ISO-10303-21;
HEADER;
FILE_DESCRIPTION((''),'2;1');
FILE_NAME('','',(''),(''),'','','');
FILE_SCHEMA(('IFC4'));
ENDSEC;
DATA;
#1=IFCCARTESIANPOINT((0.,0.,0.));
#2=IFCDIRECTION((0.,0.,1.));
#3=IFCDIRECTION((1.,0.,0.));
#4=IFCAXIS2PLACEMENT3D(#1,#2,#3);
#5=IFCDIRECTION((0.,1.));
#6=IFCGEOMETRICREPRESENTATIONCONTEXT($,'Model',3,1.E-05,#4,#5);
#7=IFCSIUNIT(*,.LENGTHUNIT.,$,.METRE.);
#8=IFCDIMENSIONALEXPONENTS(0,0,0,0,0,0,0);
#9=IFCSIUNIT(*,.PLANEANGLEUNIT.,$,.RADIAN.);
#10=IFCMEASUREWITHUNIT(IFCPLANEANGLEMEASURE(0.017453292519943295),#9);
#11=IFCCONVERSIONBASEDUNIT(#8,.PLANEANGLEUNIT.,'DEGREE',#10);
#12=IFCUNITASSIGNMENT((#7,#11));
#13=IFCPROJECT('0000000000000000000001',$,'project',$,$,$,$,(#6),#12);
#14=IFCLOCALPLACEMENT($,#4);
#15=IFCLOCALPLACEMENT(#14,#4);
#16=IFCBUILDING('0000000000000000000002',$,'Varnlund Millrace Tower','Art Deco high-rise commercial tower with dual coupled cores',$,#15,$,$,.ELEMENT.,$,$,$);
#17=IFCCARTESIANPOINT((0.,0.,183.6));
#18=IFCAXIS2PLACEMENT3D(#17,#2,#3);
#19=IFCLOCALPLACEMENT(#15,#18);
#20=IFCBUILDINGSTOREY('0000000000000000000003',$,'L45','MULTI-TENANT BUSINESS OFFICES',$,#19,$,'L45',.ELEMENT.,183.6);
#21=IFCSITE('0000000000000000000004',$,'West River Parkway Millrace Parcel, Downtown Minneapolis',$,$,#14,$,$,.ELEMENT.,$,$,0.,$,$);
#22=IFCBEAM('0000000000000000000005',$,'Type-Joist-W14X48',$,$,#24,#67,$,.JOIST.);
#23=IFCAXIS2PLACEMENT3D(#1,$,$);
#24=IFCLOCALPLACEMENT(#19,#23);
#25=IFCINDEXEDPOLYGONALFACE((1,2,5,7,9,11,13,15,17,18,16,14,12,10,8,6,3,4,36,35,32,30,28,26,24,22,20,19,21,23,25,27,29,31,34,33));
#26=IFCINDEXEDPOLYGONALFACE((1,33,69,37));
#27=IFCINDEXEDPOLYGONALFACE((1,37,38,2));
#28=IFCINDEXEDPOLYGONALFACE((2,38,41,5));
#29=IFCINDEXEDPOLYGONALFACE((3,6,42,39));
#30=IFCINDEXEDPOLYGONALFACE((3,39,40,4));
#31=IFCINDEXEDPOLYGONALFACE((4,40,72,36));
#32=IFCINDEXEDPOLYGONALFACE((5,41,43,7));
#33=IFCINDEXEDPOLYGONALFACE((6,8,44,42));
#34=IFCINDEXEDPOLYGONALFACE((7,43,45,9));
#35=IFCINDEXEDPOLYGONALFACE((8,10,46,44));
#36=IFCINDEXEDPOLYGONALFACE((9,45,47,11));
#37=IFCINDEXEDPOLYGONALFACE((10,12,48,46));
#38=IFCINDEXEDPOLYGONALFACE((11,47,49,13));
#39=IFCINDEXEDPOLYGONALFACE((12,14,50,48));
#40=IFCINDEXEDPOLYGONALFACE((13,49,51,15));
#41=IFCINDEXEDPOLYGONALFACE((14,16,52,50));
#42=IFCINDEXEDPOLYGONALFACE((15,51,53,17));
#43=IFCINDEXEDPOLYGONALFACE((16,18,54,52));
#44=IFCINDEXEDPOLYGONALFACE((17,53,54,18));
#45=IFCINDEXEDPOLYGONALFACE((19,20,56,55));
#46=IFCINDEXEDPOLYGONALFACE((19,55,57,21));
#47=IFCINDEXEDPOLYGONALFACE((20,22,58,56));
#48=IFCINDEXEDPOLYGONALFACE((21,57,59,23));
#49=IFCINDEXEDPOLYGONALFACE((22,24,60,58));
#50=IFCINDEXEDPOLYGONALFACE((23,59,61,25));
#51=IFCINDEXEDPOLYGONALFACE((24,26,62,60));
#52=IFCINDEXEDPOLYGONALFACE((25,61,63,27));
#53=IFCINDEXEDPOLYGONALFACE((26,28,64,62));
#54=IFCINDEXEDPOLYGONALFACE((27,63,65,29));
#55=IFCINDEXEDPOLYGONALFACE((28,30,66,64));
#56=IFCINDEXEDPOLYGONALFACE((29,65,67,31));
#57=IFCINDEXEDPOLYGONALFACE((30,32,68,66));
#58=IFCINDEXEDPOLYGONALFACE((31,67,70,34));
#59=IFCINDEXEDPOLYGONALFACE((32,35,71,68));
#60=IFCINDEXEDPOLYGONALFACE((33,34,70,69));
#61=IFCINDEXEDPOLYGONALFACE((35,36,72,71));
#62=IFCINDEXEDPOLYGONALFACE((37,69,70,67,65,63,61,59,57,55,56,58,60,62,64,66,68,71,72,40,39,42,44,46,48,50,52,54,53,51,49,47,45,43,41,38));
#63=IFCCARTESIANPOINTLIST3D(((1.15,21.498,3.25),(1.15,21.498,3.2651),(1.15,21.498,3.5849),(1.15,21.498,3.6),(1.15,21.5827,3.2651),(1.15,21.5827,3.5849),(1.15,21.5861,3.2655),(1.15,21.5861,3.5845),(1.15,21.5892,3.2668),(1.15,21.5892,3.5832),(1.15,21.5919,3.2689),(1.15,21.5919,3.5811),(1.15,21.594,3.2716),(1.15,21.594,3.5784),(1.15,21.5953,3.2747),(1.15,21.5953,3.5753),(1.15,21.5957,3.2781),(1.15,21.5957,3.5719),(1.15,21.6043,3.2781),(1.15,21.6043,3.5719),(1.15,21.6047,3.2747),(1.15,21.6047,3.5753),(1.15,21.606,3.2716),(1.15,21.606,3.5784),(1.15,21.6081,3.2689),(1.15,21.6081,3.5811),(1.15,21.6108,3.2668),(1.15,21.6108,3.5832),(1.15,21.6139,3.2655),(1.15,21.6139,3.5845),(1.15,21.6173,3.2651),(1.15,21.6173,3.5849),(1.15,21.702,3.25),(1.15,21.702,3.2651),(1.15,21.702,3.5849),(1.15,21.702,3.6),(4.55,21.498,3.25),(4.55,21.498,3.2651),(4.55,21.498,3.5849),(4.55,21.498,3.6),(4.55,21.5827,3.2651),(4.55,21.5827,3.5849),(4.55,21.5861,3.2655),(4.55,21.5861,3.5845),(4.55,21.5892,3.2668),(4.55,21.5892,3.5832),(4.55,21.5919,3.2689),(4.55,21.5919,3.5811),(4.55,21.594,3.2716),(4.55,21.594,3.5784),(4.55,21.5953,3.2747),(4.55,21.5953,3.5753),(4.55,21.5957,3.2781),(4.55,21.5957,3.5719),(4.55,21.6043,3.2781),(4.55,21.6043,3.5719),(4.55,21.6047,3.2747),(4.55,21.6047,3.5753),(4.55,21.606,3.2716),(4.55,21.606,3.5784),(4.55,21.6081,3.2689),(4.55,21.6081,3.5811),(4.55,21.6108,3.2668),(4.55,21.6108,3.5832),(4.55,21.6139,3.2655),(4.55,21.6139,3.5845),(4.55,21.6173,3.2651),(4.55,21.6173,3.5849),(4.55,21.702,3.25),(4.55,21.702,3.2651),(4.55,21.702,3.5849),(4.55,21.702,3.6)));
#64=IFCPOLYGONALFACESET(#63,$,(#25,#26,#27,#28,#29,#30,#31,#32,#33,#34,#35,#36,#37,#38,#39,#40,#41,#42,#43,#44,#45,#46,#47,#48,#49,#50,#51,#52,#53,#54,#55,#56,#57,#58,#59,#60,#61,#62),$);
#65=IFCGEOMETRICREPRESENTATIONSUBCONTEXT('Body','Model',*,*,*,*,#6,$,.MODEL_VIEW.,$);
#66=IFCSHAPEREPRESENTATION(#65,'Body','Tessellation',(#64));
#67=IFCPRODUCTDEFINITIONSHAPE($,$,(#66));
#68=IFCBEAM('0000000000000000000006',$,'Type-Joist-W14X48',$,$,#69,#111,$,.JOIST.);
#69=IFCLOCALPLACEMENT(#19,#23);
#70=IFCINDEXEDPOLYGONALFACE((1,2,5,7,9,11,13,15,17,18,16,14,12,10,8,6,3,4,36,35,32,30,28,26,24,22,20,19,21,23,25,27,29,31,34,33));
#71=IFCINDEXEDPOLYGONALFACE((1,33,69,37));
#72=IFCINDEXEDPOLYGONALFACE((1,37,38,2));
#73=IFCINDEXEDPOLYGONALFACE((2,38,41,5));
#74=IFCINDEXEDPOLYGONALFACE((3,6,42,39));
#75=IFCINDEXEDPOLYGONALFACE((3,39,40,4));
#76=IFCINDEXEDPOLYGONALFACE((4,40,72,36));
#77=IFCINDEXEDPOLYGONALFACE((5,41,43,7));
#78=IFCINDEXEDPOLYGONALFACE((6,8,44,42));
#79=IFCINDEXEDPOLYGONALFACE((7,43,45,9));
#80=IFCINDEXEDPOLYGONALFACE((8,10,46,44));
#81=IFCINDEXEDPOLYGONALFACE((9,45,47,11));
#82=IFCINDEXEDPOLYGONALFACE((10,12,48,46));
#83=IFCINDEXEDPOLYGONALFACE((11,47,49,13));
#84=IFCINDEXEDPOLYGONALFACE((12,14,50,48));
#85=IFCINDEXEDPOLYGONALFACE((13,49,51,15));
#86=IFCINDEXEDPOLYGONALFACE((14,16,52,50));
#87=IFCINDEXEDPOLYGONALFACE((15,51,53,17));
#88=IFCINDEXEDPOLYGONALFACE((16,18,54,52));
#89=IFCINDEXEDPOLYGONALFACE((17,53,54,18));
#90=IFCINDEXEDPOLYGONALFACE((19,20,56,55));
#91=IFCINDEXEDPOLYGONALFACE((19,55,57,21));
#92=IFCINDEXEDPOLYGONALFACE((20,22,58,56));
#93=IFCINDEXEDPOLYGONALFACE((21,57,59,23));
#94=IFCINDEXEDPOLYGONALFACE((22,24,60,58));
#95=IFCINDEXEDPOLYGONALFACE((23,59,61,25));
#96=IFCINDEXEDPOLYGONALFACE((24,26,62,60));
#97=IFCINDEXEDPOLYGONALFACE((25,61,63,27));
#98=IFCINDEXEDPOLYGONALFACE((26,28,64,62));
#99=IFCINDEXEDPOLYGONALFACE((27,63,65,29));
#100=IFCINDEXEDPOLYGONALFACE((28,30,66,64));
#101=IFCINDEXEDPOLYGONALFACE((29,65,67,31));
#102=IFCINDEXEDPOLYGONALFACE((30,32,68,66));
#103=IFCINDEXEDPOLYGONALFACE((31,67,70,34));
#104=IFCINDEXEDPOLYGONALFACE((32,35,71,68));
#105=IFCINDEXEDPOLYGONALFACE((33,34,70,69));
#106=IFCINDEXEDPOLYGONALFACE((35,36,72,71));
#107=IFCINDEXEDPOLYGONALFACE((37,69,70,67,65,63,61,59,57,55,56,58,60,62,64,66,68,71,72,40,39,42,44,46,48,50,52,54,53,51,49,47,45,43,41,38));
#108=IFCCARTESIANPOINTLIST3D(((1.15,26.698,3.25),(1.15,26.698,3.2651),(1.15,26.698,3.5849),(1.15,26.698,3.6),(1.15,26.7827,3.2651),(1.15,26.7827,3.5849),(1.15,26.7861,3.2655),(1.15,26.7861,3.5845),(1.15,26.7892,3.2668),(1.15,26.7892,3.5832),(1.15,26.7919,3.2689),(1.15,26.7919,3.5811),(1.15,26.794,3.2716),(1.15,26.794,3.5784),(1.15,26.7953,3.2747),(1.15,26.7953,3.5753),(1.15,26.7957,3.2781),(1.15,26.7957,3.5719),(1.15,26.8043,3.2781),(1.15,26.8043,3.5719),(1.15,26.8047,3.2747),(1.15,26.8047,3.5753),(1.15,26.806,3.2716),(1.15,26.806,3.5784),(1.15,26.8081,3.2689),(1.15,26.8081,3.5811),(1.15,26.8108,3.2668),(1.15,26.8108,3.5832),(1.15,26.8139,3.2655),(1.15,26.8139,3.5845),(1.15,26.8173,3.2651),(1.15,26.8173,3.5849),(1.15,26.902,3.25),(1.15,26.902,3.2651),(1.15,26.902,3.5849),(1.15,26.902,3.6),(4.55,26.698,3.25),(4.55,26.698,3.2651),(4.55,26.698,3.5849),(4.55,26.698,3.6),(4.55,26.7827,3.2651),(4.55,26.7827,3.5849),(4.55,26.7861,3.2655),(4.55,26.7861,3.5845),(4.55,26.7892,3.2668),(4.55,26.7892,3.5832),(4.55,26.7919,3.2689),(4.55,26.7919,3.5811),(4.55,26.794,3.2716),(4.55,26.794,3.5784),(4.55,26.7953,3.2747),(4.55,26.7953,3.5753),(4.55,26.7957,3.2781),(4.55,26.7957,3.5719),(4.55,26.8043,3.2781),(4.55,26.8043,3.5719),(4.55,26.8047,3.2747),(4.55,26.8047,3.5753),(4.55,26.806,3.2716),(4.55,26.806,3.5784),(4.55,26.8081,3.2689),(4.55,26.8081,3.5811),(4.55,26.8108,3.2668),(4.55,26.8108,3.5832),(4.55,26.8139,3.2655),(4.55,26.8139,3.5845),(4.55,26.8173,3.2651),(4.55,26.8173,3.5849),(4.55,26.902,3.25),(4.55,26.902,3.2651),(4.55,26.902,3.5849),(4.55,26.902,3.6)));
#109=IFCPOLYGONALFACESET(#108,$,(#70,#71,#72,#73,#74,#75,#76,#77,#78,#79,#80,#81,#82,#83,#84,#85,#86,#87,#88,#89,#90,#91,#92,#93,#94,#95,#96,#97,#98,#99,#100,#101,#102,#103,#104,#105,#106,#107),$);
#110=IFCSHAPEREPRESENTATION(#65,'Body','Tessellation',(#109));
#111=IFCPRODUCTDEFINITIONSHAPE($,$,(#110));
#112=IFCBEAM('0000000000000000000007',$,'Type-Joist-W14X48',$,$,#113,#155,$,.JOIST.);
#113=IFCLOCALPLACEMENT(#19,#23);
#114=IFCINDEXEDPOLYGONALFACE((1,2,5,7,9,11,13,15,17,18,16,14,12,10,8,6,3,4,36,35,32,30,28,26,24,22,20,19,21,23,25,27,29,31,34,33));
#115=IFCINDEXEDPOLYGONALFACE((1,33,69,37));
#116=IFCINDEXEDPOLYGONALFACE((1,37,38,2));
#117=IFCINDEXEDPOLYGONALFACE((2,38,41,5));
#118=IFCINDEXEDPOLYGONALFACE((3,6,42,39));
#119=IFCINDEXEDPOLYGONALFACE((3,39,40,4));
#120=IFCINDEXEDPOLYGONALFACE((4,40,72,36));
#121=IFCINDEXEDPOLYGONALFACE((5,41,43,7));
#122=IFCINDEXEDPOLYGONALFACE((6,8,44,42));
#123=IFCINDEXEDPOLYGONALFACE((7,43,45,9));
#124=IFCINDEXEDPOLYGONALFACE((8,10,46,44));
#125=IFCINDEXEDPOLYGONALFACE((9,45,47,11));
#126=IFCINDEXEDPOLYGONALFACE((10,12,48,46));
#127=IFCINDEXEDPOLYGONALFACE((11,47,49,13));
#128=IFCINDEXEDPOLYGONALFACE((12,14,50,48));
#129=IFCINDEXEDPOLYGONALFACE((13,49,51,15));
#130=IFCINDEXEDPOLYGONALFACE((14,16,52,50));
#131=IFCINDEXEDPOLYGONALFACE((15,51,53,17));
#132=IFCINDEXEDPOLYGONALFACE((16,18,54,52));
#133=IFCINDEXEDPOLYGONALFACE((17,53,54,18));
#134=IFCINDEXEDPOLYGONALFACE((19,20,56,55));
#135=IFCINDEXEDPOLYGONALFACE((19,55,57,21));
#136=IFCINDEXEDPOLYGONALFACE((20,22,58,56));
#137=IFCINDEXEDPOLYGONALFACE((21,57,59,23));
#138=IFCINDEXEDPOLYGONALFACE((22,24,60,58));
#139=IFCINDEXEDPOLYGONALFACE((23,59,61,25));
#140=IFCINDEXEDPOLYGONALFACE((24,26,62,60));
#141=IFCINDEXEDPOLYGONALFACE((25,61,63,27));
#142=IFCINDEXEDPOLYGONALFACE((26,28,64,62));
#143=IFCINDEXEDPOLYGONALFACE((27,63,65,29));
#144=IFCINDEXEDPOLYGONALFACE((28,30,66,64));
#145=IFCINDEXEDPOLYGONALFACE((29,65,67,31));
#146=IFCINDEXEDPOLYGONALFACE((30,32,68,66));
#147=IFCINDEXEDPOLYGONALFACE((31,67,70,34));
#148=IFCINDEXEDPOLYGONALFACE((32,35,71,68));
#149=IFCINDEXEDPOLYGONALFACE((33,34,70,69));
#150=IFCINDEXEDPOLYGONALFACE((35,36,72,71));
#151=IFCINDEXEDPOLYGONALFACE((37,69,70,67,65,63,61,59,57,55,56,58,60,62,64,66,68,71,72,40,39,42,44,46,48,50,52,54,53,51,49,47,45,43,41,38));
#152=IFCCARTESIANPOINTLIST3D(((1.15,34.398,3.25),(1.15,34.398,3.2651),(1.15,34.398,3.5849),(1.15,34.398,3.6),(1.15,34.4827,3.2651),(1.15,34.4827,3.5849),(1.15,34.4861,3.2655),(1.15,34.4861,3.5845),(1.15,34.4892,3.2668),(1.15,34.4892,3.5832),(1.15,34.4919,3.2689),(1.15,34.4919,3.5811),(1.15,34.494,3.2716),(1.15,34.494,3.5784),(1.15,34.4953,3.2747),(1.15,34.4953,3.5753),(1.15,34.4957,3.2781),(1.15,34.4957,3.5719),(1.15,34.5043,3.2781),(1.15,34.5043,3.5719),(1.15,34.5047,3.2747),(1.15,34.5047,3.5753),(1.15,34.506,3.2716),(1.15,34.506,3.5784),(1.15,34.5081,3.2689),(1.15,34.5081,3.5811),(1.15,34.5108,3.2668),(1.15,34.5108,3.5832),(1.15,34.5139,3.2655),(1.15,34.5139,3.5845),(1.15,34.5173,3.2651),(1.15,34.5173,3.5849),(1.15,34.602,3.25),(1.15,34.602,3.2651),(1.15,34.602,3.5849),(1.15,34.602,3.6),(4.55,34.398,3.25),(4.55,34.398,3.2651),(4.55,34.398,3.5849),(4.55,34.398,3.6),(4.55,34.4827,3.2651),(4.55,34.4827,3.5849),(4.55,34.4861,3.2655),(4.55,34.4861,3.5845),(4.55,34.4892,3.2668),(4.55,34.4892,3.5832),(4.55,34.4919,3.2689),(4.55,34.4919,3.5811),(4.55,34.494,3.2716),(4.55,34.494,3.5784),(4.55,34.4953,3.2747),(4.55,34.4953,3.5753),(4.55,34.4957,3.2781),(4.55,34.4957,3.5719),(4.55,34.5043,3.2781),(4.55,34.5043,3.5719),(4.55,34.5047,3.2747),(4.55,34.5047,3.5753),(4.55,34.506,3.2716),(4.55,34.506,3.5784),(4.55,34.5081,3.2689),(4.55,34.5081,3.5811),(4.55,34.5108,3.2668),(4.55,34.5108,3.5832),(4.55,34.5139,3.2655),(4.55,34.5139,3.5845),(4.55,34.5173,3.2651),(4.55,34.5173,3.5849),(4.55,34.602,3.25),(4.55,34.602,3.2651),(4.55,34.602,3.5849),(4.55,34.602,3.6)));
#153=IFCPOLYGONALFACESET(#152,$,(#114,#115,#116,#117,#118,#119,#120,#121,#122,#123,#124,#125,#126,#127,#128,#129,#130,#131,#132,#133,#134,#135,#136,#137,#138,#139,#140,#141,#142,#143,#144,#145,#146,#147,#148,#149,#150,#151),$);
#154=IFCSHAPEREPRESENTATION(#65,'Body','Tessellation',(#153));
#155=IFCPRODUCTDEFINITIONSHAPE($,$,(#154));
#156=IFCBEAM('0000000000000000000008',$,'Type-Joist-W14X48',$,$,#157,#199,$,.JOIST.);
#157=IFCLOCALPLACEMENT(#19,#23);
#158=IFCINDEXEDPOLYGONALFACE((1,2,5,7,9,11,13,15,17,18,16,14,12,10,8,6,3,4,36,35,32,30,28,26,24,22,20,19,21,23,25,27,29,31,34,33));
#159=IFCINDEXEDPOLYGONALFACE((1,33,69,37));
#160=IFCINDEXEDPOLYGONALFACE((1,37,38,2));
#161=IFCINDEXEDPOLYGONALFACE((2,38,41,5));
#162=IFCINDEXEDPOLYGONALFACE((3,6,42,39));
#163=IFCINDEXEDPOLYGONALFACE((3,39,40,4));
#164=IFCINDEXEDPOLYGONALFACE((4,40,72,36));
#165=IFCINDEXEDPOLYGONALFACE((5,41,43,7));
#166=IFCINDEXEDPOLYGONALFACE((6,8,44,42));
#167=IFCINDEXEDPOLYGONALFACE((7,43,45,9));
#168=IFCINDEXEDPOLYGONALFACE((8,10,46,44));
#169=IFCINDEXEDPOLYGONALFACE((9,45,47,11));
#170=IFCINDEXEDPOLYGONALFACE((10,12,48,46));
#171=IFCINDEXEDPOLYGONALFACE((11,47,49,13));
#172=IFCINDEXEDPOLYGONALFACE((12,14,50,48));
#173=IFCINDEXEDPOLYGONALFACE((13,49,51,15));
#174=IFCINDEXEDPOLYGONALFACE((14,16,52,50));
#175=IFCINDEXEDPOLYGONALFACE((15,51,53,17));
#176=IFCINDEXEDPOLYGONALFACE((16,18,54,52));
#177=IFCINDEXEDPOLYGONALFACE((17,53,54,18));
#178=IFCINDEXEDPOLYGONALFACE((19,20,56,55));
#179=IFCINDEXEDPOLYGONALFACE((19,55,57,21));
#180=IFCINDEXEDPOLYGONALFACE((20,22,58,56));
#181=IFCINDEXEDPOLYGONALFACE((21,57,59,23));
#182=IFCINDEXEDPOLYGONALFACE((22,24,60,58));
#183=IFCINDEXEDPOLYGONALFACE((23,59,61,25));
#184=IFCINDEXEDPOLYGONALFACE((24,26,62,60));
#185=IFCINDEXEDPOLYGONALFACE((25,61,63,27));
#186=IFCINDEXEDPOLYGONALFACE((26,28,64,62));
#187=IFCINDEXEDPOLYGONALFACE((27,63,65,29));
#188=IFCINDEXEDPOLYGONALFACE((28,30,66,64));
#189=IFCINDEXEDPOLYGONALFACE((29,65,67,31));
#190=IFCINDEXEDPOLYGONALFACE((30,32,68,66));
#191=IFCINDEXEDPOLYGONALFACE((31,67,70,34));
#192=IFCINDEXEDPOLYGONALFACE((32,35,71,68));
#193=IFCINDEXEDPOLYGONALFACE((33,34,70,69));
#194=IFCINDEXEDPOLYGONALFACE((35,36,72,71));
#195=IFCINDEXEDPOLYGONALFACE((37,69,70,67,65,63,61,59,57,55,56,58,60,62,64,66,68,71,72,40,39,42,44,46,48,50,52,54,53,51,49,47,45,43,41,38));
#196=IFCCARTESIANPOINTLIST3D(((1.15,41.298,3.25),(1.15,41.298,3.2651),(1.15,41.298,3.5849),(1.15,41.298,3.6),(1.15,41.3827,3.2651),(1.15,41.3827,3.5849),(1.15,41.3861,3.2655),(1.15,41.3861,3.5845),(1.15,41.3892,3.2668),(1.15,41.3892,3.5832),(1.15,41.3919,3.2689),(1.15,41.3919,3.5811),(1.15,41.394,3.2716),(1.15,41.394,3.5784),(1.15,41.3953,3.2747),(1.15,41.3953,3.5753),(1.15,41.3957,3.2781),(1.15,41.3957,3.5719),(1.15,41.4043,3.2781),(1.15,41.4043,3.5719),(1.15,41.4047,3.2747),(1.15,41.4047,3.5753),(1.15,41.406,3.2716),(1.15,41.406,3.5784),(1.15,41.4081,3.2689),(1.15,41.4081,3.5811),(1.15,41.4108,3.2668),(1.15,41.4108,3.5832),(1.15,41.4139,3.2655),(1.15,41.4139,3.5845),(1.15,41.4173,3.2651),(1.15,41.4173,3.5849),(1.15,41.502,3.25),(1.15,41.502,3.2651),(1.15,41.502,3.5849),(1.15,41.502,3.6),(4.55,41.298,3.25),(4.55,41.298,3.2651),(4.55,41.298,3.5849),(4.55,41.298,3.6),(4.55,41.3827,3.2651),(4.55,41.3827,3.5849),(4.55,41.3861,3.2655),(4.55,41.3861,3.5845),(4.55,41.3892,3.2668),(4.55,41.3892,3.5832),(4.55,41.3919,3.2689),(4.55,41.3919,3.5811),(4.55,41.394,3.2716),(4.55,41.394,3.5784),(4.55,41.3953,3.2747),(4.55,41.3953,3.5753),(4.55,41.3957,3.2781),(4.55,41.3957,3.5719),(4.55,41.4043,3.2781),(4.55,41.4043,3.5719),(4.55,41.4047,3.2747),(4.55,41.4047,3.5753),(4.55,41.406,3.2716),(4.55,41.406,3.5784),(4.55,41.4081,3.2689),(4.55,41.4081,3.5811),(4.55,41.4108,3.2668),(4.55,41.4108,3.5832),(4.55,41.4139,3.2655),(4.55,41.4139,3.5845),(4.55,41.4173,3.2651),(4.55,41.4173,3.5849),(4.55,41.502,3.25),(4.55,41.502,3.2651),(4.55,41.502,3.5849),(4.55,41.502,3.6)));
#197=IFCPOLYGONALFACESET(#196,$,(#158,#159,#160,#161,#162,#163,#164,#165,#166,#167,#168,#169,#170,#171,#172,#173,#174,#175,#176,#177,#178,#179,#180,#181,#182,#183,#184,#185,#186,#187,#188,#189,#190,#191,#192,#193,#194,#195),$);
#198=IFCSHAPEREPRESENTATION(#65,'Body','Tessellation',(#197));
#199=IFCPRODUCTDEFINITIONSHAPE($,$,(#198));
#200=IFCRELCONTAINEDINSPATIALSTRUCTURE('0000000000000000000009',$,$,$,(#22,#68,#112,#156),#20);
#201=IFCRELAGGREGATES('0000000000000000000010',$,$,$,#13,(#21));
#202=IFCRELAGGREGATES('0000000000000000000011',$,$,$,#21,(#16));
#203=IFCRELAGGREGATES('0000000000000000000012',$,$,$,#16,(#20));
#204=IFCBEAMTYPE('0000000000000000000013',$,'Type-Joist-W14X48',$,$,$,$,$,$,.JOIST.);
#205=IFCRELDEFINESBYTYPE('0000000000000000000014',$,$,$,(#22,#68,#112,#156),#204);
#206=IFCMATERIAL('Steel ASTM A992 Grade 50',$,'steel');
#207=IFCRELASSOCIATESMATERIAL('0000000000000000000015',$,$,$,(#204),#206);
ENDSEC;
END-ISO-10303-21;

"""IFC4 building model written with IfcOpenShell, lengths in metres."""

from ifc_helpers import new_model, entity, si_unit, converted_unit, direction, frame, origin_with_axes, origin_2d_with_axis, place, context, subcontext, project, spatial, i_section, extrude, material, material_profile, profile_set, type_object, element, save


model = new_model("IFC4")

# Units and contexts
model_context = context("Model", 3, precision=1e-05, world=origin_with_axes(), true_north=direction((0.0, 1.0)))
body_context = subcontext(model_context, "Body", "Model", "MODEL_VIEW")
ifc_project = project(units=[si_unit("LENGTHUNIT", "METRE"), converted_unit("PLANEANGLEUNIT", "DEGREE", entity("IfcPlaneAngleMeasure", 0.017453292519943295), si_unit("PLANEANGLEUNIT", "RADIAN"), dimensions=[0, 0, 0, 0, 0, 0, 0])], contexts=[model_context])

# Site, building, storey
site_placement = place(None, origin_with_axes())
site = spatial("IfcSite", under=ifc_project, at=site_placement, Name="West River Parkway Millrace Parcel, Downtown Minneapolis", CompositionType="ELEMENT", RefElevation=0.0)
building_placement = place(site_placement, origin_with_axes())
building = spatial("IfcBuilding", under=site, at=building_placement, Name="Varnlund Millrace Tower", Description="Art Deco high-rise commercial tower with dual coupled cores", CompositionType="ELEMENT")
storey_placement = place(building_placement, frame((0.0, 0.0, 183.6), z_axis=(0.0, 0.0, 1.0), x_axis=(1.0, 0.0, 0.0)))
storey = spatial("IfcBuildingStorey", under=building, at=storey_placement, Name="L45", Description="MULTI-TENANT BUSINESS OFFICES", LongName="L45", CompositionType="ELEMENT", Elevation=183.6)

# Beams
ifc_material_1 = material(Name="Steel ASTM A992 Grade 50", Category="steel")
ifc_material_profile_1 = material_profile(ifc_material_1, i_section(OverallWidth=0.204, OverallDepth=0.35, WebThickness=0.0086, FlangeThickness=0.0151, FilletRadius=0.013, at=origin_2d_with_axis()), Name="Steel ASTM A992 Grade 50")
ifc_profile_set_1 = profile_set([ifc_material_profile_1], Name="Steel ASTM A992 Grade 50")
beam_type_1 = type_object("IfcBeamType", Name="Type-Joist-W14X48", PredefinedType="JOIST", material=ifc_profile_set_1)
for number, where, z_axis, x_axis, name in (
    (1, (1.15, 21.6, 3.425), (1.0, 0.0, 0.0), (0.0, 1.0, 0.0), "Type-Joist-W14X48"),
    (2, (1.15, 26.8, 3.425), (1.0, 0.0, 0.0), (0.0, 1.0, 0.0), "Type-Joist-W14X48"),
    (3, (1.15, 34.5, 3.425), (1.0, 0.0, 0.0), (0.0, 1.0, 0.0), "Type-Joist-W14X48"),
    (4, (1.15, 41.4, 3.425), (1.0, 0.0, 0.0), (0.0, 1.0, 0.0), "Type-Joist-W14X48"),
):
    element("IfcBeam", number, at=place(storey_placement, frame(where, z_axis=z_axis, x_axis=x_axis)), inside=storey, type_object=beam_type_1, Name=name, PredefinedType="JOIST", context=body_context, shape_type="SweptSolid", body=[
        extrude(i_section(OverallWidth=0.204, OverallDepth=0.35, WebThickness=0.0086, FlangeThickness=0.0151, FilletRadius=0.013, at=origin_2d_with_axis()), origin_with_axes(), (0.0, 0.0, 1.0), 3.4),
    ])

save(model, "model.ifc")
